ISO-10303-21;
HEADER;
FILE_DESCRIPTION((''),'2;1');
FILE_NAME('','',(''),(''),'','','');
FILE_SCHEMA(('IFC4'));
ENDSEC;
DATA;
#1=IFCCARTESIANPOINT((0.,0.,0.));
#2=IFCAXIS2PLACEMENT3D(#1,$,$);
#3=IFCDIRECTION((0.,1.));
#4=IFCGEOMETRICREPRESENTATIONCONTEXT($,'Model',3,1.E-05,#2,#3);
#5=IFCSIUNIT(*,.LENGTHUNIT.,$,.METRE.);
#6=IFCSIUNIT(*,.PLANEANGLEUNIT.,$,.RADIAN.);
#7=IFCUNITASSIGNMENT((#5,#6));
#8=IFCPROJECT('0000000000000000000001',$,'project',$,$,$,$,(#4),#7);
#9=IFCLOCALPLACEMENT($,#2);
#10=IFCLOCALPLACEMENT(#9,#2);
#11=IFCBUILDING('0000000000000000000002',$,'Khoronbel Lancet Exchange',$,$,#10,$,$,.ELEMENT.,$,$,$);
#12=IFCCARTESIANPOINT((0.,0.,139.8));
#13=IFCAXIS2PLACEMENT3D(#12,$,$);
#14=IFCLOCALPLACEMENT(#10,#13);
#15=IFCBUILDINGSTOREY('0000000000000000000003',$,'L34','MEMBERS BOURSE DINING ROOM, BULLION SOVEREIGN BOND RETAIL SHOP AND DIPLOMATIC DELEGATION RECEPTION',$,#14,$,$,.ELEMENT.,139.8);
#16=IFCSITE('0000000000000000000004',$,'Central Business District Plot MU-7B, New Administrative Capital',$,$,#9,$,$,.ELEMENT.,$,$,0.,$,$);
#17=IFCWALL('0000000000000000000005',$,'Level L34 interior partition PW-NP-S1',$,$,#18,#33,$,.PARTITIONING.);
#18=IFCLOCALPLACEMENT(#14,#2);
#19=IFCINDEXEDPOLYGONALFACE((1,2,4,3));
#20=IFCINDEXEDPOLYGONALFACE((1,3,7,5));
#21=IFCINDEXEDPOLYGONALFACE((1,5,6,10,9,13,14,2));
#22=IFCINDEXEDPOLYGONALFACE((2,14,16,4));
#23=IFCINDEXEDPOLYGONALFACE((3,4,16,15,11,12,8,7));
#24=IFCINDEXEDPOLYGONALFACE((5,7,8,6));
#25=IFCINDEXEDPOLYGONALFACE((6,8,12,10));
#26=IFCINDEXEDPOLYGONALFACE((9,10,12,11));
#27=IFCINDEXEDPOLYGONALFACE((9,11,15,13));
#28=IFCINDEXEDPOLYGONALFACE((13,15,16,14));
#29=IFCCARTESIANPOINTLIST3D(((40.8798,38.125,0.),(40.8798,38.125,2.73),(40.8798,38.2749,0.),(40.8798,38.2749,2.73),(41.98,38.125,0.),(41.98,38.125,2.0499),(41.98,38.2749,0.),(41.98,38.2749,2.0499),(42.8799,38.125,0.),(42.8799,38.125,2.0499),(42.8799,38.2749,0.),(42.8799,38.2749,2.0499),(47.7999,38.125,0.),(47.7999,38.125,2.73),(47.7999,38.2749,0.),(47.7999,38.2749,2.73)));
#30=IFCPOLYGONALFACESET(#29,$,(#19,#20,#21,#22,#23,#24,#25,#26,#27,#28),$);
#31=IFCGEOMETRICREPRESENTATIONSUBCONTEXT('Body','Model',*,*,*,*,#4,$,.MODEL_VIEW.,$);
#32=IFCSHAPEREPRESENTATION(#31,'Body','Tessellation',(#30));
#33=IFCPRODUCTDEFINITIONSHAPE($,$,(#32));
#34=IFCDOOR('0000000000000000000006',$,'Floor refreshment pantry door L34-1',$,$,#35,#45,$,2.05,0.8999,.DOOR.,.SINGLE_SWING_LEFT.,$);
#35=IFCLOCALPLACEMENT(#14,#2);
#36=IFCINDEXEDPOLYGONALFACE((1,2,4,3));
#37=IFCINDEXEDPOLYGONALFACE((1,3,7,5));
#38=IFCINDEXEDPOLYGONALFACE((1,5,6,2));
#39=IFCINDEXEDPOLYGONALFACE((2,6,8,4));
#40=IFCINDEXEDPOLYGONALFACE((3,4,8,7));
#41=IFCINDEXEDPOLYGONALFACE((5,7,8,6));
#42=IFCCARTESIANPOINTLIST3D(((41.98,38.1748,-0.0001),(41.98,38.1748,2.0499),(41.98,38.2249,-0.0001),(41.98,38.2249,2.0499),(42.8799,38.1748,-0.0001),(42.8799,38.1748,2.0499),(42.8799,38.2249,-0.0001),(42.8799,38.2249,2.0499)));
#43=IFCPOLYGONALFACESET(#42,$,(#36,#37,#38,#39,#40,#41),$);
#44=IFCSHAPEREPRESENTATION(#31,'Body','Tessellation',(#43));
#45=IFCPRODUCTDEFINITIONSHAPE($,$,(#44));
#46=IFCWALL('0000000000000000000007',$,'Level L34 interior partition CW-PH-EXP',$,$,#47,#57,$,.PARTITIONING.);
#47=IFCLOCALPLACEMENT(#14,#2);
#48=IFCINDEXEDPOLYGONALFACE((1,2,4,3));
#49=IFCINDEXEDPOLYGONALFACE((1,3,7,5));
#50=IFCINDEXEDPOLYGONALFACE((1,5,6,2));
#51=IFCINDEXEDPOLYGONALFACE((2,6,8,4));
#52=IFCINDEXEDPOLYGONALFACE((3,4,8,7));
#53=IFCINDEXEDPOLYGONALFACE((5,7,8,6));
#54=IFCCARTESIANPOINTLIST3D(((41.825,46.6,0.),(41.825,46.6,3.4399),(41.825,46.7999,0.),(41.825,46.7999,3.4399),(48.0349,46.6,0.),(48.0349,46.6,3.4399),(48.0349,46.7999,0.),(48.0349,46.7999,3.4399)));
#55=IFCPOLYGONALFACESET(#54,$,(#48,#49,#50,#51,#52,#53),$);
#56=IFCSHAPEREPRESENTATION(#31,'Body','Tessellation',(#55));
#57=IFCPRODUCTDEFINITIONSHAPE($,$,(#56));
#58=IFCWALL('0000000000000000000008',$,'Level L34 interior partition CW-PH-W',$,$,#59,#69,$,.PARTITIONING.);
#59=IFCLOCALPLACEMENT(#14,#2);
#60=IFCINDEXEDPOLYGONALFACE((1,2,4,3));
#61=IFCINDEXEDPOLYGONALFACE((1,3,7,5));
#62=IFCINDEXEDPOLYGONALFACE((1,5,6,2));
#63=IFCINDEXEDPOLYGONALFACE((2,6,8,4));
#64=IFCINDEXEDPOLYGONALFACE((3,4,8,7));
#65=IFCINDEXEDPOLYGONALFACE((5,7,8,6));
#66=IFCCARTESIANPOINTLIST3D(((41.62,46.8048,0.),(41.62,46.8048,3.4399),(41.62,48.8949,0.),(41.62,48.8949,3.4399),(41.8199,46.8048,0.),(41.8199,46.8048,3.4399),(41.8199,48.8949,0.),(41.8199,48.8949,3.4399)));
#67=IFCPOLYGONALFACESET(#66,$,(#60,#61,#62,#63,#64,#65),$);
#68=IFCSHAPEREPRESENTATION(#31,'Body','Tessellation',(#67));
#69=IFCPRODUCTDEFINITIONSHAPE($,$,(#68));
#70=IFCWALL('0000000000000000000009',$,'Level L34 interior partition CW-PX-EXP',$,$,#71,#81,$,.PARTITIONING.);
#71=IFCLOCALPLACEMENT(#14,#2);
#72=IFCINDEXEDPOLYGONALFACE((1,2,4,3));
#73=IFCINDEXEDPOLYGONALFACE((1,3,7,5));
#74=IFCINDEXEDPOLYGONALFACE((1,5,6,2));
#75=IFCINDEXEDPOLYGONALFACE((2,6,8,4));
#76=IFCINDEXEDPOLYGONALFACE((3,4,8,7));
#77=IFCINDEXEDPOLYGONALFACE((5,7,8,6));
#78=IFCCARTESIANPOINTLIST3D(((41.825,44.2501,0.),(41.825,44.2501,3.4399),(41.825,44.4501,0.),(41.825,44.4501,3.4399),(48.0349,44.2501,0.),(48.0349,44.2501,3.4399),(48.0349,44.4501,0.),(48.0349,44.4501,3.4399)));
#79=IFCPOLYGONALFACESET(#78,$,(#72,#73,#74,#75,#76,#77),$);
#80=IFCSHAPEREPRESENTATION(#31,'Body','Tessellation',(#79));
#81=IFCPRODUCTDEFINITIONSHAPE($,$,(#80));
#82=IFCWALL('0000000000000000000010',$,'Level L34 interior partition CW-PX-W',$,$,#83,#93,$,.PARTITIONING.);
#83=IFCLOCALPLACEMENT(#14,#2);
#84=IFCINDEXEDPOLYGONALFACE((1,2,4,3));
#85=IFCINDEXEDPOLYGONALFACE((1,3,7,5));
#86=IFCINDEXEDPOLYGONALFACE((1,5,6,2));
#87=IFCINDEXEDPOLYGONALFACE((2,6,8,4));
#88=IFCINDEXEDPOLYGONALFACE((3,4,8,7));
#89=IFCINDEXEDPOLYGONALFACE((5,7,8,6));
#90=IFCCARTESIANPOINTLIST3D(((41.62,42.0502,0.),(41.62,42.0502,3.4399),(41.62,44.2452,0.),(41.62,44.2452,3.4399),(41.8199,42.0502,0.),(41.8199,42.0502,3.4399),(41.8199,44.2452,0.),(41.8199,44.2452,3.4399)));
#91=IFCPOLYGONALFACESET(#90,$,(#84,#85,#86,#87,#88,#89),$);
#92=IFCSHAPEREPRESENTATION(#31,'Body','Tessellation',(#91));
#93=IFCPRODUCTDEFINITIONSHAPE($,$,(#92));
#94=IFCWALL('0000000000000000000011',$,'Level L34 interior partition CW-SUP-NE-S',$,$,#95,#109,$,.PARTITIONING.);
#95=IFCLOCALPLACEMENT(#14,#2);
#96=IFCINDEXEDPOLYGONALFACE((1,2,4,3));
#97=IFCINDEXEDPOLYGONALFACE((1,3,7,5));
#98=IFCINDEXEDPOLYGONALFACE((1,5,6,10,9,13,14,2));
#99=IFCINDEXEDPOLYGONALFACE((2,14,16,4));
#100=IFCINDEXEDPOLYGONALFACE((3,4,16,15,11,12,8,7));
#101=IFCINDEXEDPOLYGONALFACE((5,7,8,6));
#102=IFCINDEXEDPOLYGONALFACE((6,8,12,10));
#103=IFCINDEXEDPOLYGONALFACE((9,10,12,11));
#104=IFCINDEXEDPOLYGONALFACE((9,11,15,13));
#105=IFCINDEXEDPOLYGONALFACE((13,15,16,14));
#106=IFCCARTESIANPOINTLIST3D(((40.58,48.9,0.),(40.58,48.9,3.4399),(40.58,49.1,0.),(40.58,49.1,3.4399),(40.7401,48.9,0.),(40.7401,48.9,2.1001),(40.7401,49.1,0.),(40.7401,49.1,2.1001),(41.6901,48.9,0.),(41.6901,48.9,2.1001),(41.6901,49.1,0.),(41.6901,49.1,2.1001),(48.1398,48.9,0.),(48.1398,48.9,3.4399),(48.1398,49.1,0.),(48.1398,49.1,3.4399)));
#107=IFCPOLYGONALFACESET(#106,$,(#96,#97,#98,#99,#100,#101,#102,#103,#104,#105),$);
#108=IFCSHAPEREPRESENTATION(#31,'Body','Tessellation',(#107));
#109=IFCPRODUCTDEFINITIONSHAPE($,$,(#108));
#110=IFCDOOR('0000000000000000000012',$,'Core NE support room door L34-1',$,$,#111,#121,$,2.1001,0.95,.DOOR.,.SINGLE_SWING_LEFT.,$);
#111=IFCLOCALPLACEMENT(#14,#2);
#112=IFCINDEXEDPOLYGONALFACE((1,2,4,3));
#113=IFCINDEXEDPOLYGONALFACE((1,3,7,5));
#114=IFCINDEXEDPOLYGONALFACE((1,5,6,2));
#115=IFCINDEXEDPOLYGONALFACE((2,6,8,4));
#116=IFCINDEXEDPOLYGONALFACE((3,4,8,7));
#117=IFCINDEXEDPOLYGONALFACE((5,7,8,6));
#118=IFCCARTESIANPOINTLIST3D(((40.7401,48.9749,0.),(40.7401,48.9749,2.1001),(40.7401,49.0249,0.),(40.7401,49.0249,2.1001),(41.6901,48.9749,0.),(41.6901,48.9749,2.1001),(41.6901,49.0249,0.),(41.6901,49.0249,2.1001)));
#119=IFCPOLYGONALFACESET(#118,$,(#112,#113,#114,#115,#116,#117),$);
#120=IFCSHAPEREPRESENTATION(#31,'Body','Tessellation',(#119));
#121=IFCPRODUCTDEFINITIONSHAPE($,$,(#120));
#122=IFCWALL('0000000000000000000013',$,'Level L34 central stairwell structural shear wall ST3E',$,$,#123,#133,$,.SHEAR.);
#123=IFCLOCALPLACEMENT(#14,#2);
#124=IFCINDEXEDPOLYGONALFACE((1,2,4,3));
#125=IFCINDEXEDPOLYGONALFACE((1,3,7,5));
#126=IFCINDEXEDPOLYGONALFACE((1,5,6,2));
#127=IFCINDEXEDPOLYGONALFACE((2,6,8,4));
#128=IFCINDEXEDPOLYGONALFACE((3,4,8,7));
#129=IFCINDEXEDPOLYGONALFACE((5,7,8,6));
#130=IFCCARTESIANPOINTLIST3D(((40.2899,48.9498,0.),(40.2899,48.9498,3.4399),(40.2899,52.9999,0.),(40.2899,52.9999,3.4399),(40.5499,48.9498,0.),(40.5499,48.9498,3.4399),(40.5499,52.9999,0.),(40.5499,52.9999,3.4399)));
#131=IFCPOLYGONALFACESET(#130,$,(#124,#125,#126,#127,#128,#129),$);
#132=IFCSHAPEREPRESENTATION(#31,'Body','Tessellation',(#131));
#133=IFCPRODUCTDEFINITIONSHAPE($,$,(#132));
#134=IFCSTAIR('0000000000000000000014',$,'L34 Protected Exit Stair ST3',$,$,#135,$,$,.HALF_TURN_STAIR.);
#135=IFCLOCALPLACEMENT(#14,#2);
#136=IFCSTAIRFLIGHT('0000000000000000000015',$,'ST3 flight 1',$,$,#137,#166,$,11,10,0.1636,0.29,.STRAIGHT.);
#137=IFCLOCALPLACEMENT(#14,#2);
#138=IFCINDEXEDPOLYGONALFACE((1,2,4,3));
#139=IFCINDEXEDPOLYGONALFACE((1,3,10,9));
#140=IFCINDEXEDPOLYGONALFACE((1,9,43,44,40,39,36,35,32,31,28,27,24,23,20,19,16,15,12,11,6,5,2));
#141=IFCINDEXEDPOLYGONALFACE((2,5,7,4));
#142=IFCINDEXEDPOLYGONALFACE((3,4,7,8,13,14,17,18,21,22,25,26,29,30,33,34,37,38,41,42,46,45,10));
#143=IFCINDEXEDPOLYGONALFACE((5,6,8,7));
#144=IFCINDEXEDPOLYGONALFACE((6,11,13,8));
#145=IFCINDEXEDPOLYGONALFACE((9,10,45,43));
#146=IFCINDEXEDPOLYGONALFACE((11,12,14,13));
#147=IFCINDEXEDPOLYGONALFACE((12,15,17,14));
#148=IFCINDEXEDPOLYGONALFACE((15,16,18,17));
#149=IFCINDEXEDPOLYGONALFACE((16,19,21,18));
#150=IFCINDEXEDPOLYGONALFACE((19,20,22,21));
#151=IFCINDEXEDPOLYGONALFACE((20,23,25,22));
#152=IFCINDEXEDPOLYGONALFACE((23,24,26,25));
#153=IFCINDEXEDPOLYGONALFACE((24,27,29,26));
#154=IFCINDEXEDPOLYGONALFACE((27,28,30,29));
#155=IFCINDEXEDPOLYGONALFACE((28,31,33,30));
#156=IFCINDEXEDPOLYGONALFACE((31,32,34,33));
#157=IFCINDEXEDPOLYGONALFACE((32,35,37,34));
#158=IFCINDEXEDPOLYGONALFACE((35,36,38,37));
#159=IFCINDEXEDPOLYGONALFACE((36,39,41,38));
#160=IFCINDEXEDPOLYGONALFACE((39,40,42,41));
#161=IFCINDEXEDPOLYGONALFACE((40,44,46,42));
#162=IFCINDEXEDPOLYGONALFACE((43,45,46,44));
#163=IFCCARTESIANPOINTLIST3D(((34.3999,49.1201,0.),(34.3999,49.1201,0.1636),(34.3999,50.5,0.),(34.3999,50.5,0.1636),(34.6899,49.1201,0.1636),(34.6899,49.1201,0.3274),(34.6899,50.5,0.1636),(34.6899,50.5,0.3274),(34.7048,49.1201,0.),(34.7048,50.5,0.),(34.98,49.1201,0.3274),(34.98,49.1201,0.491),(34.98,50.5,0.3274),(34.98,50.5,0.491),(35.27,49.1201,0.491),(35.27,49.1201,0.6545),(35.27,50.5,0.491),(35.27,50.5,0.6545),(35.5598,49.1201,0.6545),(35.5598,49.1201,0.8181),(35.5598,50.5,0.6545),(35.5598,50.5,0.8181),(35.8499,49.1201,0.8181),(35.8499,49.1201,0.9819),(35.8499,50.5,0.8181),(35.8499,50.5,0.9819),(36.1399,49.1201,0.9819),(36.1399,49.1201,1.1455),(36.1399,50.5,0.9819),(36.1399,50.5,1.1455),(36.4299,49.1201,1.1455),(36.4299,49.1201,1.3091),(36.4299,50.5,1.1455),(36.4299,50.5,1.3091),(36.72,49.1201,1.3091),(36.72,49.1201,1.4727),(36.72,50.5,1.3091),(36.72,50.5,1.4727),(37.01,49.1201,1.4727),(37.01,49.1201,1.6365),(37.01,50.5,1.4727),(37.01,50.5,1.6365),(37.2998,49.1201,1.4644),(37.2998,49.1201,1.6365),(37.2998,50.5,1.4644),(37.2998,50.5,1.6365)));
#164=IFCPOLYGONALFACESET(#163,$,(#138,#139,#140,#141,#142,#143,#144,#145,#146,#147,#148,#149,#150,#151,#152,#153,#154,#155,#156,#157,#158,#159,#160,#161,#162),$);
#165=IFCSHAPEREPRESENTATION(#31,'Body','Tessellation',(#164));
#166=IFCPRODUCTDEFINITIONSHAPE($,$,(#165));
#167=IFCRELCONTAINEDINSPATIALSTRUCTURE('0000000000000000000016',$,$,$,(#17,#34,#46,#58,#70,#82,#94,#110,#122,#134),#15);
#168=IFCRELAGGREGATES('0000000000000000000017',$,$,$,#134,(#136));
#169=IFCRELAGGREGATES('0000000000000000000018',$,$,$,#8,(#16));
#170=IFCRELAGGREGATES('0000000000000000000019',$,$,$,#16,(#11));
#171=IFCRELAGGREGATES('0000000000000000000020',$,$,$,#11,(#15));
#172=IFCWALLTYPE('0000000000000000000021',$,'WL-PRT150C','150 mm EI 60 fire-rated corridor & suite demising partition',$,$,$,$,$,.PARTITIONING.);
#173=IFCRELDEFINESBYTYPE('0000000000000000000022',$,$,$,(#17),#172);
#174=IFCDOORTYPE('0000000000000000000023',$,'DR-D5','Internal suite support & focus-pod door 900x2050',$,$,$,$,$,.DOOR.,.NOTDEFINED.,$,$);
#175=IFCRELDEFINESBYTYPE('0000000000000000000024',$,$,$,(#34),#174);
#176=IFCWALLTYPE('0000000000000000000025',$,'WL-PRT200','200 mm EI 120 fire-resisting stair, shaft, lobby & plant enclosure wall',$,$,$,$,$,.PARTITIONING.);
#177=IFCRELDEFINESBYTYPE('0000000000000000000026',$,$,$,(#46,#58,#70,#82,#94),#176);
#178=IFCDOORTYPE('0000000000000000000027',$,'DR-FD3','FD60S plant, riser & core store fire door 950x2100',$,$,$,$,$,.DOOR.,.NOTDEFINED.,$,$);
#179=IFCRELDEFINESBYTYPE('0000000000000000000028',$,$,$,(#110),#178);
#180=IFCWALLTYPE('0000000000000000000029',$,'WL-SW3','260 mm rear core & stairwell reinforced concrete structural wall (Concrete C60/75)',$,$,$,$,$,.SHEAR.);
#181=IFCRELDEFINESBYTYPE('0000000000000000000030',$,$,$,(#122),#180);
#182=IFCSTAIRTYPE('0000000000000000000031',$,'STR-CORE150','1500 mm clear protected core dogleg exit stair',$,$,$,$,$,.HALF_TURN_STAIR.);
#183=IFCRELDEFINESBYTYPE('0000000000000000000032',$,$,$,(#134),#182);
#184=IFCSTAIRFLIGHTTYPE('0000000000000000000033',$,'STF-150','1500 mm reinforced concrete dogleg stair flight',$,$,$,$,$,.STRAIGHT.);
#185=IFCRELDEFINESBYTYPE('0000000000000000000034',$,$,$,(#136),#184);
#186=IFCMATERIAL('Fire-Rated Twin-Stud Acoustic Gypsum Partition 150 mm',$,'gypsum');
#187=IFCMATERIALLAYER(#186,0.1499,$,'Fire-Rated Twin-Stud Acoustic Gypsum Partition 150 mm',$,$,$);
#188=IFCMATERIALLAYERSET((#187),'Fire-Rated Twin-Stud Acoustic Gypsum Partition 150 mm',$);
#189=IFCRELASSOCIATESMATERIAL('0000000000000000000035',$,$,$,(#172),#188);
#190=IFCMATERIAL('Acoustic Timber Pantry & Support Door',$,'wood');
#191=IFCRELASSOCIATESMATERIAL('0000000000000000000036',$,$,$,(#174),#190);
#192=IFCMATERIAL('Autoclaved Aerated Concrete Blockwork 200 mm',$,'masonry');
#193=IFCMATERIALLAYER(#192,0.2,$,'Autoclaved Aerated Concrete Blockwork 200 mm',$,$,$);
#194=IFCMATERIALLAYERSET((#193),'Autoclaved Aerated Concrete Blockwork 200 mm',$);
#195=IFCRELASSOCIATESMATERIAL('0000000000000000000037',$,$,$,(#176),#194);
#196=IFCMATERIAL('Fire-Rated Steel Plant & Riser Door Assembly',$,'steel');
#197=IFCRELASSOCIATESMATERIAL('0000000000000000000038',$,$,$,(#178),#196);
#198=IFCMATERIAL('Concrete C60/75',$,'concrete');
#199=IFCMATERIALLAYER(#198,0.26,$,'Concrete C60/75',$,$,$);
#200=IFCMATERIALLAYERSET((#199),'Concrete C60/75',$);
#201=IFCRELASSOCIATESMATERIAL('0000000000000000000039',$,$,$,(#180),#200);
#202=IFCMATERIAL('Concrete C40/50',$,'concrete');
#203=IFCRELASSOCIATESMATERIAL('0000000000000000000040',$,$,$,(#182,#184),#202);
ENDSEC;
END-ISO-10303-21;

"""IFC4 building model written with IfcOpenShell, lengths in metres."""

from ifc_helpers import new_model, si_unit, direction, frame, frame_2d, origin, place, context, subcontext, project, spatial, polyline, rectangle, outline, extrude, material, layer, layer_set, type_object, element, fill, aggregate, save


model = new_model("IFC4")

# Units and contexts
model_context = context("Model", 3, precision=1e-05, world=origin(), true_north=direction((0.0, 1.0)))
body_context = subcontext(model_context, "Body", "Model", "MODEL_VIEW")
ifc_project = project(units=[si_unit("LENGTHUNIT", "METRE"), si_unit("PLANEANGLEUNIT", "RADIAN")], contexts=[model_context])

# Site, building, storey
site_placement = place(None, origin())
site = spatial("IfcSite", under=ifc_project, at=site_placement, Name="Central Business District Plot MU-7B, New Administrative Capital", CompositionType="ELEMENT", RefElevation=0.0)
building_placement = place(site_placement, origin())
building = spatial("IfcBuilding", under=site, at=building_placement, Name="Khoronbel Lancet Exchange", CompositionType="ELEMENT")
storey_placement = place(building_placement, frame((0.0, 0.0, 139.8)))
storey = spatial("IfcBuildingStorey", under=building, at=storey_placement, Name="L34", Description="MEMBERS BOURSE DINING ROOM, BULLION SOVEREIGN BOND RETAIL SHOP AND DIPLOMATIC DELEGATION RECEPTION", CompositionType="ELEMENT", Elevation=139.8)

# Wall, opening, door
ifc_material_1 = material(Name="Fire-Rated Twin-Stud Acoustic Gypsum Partition 150 mm", Category="gypsum")
ifc_layer_1 = layer(ifc_material_1, 0.1499, Name="Fire-Rated Twin-Stud Acoustic Gypsum Partition 150 mm")
ifc_layer_set_1 = layer_set([ifc_layer_1], Name="Fire-Rated Twin-Stud Acoustic Gypsum Partition 150 mm")
wall_type_1 = type_object("IfcWallType", Name="WL-PRT150C", Description="150 mm EI 60 fire-rated corridor & suite demising partition", PredefinedType="PARTITIONING", material=ifc_layer_set_1)
wall_1_placement = place(storey_placement, frame((40.8799, 38.2, 0.0), z_axis=(0.0, 0.0, 1.0), x_axis=(1.0, 0.0, 0.0)))
wall_1 = element("IfcWall", 1, at=wall_1_placement, inside=storey, type_object=wall_type_1, Name="Level L34 interior partition PW-NP-S1", PredefinedType="PARTITIONING", context=body_context, shape_type="SweptSolid", body=[
    extrude(rectangle(XDim=6.9202, YDim=0.1499, at=frame_2d((3.46, 0.0))), origin(), (0.0, 0.0, 1.0), 2.73),
])
opening_1_placement = place(wall_1_placement, frame((1.1001, 0.0, 0.0)))
opening_1 = element("IfcOpeningElement", 2, at=opening_1_placement, cuts=wall_1, PredefinedType="OPENING", context=body_context, shape_type="SweptSolid", body=[
    extrude(rectangle(XDim=0.8999, YDim=2.05, at=frame_2d((0.45, 1.0249))), frame((0.0, 0.085, 0.0), z_axis=(0.0, -1.0, 0.0), x_axis=(1.0, 0.0, 0.0)), (0.0, 0.0, 1.0), 0.1699),
])
ifc_material_2 = material(Name="Acoustic Timber Pantry & Support Door", Category="wood")
door_type_1 = type_object("IfcDoorType", Name="DR-D5", Description="Internal suite support & focus-pod door 900x2050", OperationType="NOTDEFINED", PredefinedType="DOOR", material=ifc_material_2)
door_1_placement = place(opening_1_placement, origin())
door_1 = element("IfcDoor", 3, at=door_1_placement, inside=storey, type_object=door_type_1, Name="Floor refreshment pantry door L34-1", OperationType="SINGLE_SWING_LEFT", OverallHeight=2.05, OverallWidth=0.8999, PredefinedType="DOOR", context=body_context, shape_type="SweptSolid", body=[
    extrude(rectangle(XDim=0.8999, YDim=2.05, at=frame_2d((0.45, 1.0249))), frame((0.0, 0.0249, 0.0), z_axis=(0.0, -1.0, 0.0), x_axis=(1.0, 0.0, 0.0)), (0.0, 0.0, 1.0), 0.05),
])
fill(opening_1, door_1)

# Walls
ifc_material_3 = material(Name="Autoclaved Aerated Concrete Blockwork 200 mm", Category="masonry")
ifc_layer_2 = layer(ifc_material_3, 0.2, Name="Autoclaved Aerated Concrete Blockwork 200 mm")
ifc_layer_set_2 = layer_set([ifc_layer_2], Name="Autoclaved Aerated Concrete Blockwork 200 mm")
wall_type_2 = type_object("IfcWallType", Name="WL-PRT200", Description="200 mm EI 120 fire-resisting stair, shaft, lobby & plant enclosure wall", PredefinedType="PARTITIONING", material=ifc_layer_set_2)
wall_2_placement = place(storey_placement, frame((41.825, 46.7, 0.0), z_axis=(0.0, 0.0, 1.0), x_axis=(1.0, 0.0, 0.0)))
element("IfcWall", 4, at=wall_2_placement, inside=storey, type_object=wall_type_2, Name="Level L34 interior partition CW-PH-EXP", PredefinedType="PARTITIONING", context=body_context, shape_type="SweptSolid", body=[
    extrude(rectangle(XDim=6.21, YDim=0.2, at=frame_2d((3.105, 0.0))), origin(), (0.0, 0.0, 1.0), 3.4399),
])
wall_3_placement = place(storey_placement, frame((41.72, 46.8049, 0.0), z_axis=(0.0, 0.0, 1.0), x_axis=(0.0, 1.0, 0.0)))
element("IfcWall", 5, at=wall_3_placement, inside=storey, type_object=wall_type_2, Name="Level L34 interior partition CW-PH-W", PredefinedType="PARTITIONING", context=body_context, shape_type="SweptSolid", body=[
    extrude(rectangle(XDim=2.0901, YDim=0.2, at=frame_2d((1.0449, 0.0))), origin(), (0.0, 0.0, 1.0), 3.4399),
])
wall_4_placement = place(storey_placement, frame((41.825, 44.3501, 0.0), z_axis=(0.0, 0.0, 1.0), x_axis=(1.0, 0.0, 0.0)))
element("IfcWall", 6, at=wall_4_placement, inside=storey, type_object=wall_type_2, Name="Level L34 interior partition CW-PX-EXP", PredefinedType="PARTITIONING", context=body_context, shape_type="SweptSolid", body=[
    extrude(rectangle(XDim=6.21, YDim=0.2, at=frame_2d((3.105, 0.0))), origin(), (0.0, 0.0, 1.0), 3.4399),
])
wall_5_placement = place(storey_placement, frame((41.72, 42.05, 0.0), z_axis=(0.0, 0.0, 1.0), x_axis=(0.0, 1.0, 0.0)))
element("IfcWall", 7, at=wall_5_placement, inside=storey, type_object=wall_type_2, Name="Level L34 interior partition CW-PX-W", PredefinedType="PARTITIONING", context=body_context, shape_type="SweptSolid", body=[
    extrude(rectangle(XDim=2.1951, YDim=0.2, at=frame_2d((1.0977, 0.0))), origin(), (0.0, 0.0, 1.0), 3.4399),
])

# Wall, opening, door
wall_6_placement = place(storey_placement, frame((40.5801, 49.0, 0.0), z_axis=(0.0, 0.0, 1.0), x_axis=(1.0, 0.0, 0.0)))
wall_6 = element("IfcWall", 8, at=wall_6_placement, inside=storey, type_object=wall_type_2, Name="Level L34 interior partition CW-SUP-NE-S", PredefinedType="PARTITIONING", context=body_context, shape_type="SweptSolid", body=[
    extrude(rectangle(XDim=7.5598, YDim=0.2, at=frame_2d((3.7798, 0.0))), origin(), (0.0, 0.0, 1.0), 3.4399),
])
opening_2_placement = place(wall_6_placement, frame((0.1599, 0.0, 0.0)))
opening_2 = element("IfcOpeningElement", 9, at=opening_2_placement, cuts=wall_6, PredefinedType="OPENING", context=body_context, shape_type="SweptSolid", body=[
    extrude(rectangle(XDim=0.95, YDim=2.1001, at=frame_2d((0.4751, 1.05))), frame((0.0, 0.1099, 0.0), z_axis=(0.0, -1.0, 0.0), x_axis=(1.0, 0.0, 0.0)), (0.0, 0.0, 1.0), 0.22),
])
ifc_material_4 = material(Name="Fire-Rated Steel Plant & Riser Door Assembly", Category="steel")
door_type_2 = type_object("IfcDoorType", Name="DR-FD3", Description="FD60S plant, riser & core store fire door 950x2100", OperationType="NOTDEFINED", PredefinedType="DOOR", material=ifc_material_4)
door_2_placement = place(opening_2_placement, origin())
door_2 = element("IfcDoor", 10, at=door_2_placement, inside=storey, type_object=door_type_2, Name="Core NE support room door L34-1", OperationType="SINGLE_SWING_LEFT", OverallHeight=2.1001, OverallWidth=0.95, PredefinedType="DOOR", context=body_context, shape_type="SweptSolid", body=[
    extrude(rectangle(XDim=0.95, YDim=2.1001, at=frame_2d((0.4751, 1.05))), frame((0.0, 0.0249, 0.0), z_axis=(0.0, -1.0, 0.0), x_axis=(1.0, 0.0, 0.0)), (0.0, 0.0, 1.0), 0.05),
])
fill(opening_2, door_2)

# Wall
ifc_material_5 = material(Name="Concrete C60/75", Category="concrete")
ifc_layer_3 = layer(ifc_material_5, 0.26, Name="Concrete C60/75")
ifc_layer_set_3 = layer_set([ifc_layer_3], Name="Concrete C60/75")
wall_type_3 = type_object("IfcWallType", Name="WL-SW3", Description="260 mm rear core & stairwell reinforced concrete structural wall (Concrete C60/75)", PredefinedType="SHEAR", material=ifc_layer_set_3)
wall_7_placement = place(storey_placement, frame((40.4199, 48.95, 0.0), z_axis=(0.0, 0.0, 1.0), x_axis=(0.0, 1.0, 0.0)))
element("IfcWall", 11, at=wall_7_placement, inside=storey, type_object=wall_type_3, Name="Level L34 central stairwell structural shear wall ST3E", PredefinedType="SHEAR", context=body_context, shape_type="SweptSolid", body=[
    extrude(rectangle(XDim=4.05, YDim=0.26, at=frame_2d((2.0249, 0.0))), origin(), (0.0, 0.0, 1.0), 3.4399),
])

# Stair, stair flight
ifc_material_6 = material(Name="Concrete C40/50", Category="concrete")
stair_type = type_object("IfcStairType", Name="STR-CORE150", Description="1500 mm clear protected core dogleg exit stair", PredefinedType="HALF_TURN_STAIR", material=ifc_material_6)
stair_placement = place(storey_placement, origin())
stair = element("IfcStair", 12, at=stair_placement, inside=storey, type_object=stair_type, Name="L34 Protected Exit Stair ST3", PredefinedType="HALF_TURN_STAIR")
stair_flight_type = type_object("IfcStairFlightType", Name="STF-150", Description="1500 mm reinforced concrete dogleg stair flight", PredefinedType="STRAIGHT", material=ifc_material_6)
stair_flight_1_placement = place(storey_placement, frame((34.3999, 49.8101, 0.0), z_axis=(0.0, 0.0, 1.0), x_axis=(1.0, 0.0, 0.0)))
stair_flight_1 = element("IfcStairFlight", 13, at=stair_flight_1_placement, type_object=stair_flight_type, Name="ST3 flight 1", NumberOfRisers=11, NumberOfTreads=10, PredefinedType="STRAIGHT", RiserHeight=0.1636, TreadLength=0.29, context=body_context, shape_type="SweptSolid", body=[
    extrude(outline(polyline([(0.0, 0.0), (0.0, 0.1636), (0.29, 0.1636), (0.29, 0.3274), (0.5801, 0.3274), (0.5801, 0.491), (0.8701, 0.491), (0.8701, 0.6545), (1.1599, 0.6545), (1.1599, 0.8181), (1.45, 0.8181), (1.45, 0.9819), (1.74, 0.9819), (1.74, 1.1455), (2.03, 1.1455), (2.03, 1.3091), (2.3201, 1.3091), (2.3201, 1.4727), (2.6101, 1.4727), (2.6101, 1.6365), (2.8999, 1.6365), (2.8999, 1.8), (2.8999, 1.4644), (0.3049, 0.0), (0.0, 0.0)])), frame((0.0, 0.6899, 0.0), z_axis=(0.0, -1.0, 0.0), x_axis=(1.0, 0.0, 0.0)), (0.0, 0.0, 1.0), 1.3799),
])
aggregate(stair, [stair_flight_1])

save(model, "model.ifc")
